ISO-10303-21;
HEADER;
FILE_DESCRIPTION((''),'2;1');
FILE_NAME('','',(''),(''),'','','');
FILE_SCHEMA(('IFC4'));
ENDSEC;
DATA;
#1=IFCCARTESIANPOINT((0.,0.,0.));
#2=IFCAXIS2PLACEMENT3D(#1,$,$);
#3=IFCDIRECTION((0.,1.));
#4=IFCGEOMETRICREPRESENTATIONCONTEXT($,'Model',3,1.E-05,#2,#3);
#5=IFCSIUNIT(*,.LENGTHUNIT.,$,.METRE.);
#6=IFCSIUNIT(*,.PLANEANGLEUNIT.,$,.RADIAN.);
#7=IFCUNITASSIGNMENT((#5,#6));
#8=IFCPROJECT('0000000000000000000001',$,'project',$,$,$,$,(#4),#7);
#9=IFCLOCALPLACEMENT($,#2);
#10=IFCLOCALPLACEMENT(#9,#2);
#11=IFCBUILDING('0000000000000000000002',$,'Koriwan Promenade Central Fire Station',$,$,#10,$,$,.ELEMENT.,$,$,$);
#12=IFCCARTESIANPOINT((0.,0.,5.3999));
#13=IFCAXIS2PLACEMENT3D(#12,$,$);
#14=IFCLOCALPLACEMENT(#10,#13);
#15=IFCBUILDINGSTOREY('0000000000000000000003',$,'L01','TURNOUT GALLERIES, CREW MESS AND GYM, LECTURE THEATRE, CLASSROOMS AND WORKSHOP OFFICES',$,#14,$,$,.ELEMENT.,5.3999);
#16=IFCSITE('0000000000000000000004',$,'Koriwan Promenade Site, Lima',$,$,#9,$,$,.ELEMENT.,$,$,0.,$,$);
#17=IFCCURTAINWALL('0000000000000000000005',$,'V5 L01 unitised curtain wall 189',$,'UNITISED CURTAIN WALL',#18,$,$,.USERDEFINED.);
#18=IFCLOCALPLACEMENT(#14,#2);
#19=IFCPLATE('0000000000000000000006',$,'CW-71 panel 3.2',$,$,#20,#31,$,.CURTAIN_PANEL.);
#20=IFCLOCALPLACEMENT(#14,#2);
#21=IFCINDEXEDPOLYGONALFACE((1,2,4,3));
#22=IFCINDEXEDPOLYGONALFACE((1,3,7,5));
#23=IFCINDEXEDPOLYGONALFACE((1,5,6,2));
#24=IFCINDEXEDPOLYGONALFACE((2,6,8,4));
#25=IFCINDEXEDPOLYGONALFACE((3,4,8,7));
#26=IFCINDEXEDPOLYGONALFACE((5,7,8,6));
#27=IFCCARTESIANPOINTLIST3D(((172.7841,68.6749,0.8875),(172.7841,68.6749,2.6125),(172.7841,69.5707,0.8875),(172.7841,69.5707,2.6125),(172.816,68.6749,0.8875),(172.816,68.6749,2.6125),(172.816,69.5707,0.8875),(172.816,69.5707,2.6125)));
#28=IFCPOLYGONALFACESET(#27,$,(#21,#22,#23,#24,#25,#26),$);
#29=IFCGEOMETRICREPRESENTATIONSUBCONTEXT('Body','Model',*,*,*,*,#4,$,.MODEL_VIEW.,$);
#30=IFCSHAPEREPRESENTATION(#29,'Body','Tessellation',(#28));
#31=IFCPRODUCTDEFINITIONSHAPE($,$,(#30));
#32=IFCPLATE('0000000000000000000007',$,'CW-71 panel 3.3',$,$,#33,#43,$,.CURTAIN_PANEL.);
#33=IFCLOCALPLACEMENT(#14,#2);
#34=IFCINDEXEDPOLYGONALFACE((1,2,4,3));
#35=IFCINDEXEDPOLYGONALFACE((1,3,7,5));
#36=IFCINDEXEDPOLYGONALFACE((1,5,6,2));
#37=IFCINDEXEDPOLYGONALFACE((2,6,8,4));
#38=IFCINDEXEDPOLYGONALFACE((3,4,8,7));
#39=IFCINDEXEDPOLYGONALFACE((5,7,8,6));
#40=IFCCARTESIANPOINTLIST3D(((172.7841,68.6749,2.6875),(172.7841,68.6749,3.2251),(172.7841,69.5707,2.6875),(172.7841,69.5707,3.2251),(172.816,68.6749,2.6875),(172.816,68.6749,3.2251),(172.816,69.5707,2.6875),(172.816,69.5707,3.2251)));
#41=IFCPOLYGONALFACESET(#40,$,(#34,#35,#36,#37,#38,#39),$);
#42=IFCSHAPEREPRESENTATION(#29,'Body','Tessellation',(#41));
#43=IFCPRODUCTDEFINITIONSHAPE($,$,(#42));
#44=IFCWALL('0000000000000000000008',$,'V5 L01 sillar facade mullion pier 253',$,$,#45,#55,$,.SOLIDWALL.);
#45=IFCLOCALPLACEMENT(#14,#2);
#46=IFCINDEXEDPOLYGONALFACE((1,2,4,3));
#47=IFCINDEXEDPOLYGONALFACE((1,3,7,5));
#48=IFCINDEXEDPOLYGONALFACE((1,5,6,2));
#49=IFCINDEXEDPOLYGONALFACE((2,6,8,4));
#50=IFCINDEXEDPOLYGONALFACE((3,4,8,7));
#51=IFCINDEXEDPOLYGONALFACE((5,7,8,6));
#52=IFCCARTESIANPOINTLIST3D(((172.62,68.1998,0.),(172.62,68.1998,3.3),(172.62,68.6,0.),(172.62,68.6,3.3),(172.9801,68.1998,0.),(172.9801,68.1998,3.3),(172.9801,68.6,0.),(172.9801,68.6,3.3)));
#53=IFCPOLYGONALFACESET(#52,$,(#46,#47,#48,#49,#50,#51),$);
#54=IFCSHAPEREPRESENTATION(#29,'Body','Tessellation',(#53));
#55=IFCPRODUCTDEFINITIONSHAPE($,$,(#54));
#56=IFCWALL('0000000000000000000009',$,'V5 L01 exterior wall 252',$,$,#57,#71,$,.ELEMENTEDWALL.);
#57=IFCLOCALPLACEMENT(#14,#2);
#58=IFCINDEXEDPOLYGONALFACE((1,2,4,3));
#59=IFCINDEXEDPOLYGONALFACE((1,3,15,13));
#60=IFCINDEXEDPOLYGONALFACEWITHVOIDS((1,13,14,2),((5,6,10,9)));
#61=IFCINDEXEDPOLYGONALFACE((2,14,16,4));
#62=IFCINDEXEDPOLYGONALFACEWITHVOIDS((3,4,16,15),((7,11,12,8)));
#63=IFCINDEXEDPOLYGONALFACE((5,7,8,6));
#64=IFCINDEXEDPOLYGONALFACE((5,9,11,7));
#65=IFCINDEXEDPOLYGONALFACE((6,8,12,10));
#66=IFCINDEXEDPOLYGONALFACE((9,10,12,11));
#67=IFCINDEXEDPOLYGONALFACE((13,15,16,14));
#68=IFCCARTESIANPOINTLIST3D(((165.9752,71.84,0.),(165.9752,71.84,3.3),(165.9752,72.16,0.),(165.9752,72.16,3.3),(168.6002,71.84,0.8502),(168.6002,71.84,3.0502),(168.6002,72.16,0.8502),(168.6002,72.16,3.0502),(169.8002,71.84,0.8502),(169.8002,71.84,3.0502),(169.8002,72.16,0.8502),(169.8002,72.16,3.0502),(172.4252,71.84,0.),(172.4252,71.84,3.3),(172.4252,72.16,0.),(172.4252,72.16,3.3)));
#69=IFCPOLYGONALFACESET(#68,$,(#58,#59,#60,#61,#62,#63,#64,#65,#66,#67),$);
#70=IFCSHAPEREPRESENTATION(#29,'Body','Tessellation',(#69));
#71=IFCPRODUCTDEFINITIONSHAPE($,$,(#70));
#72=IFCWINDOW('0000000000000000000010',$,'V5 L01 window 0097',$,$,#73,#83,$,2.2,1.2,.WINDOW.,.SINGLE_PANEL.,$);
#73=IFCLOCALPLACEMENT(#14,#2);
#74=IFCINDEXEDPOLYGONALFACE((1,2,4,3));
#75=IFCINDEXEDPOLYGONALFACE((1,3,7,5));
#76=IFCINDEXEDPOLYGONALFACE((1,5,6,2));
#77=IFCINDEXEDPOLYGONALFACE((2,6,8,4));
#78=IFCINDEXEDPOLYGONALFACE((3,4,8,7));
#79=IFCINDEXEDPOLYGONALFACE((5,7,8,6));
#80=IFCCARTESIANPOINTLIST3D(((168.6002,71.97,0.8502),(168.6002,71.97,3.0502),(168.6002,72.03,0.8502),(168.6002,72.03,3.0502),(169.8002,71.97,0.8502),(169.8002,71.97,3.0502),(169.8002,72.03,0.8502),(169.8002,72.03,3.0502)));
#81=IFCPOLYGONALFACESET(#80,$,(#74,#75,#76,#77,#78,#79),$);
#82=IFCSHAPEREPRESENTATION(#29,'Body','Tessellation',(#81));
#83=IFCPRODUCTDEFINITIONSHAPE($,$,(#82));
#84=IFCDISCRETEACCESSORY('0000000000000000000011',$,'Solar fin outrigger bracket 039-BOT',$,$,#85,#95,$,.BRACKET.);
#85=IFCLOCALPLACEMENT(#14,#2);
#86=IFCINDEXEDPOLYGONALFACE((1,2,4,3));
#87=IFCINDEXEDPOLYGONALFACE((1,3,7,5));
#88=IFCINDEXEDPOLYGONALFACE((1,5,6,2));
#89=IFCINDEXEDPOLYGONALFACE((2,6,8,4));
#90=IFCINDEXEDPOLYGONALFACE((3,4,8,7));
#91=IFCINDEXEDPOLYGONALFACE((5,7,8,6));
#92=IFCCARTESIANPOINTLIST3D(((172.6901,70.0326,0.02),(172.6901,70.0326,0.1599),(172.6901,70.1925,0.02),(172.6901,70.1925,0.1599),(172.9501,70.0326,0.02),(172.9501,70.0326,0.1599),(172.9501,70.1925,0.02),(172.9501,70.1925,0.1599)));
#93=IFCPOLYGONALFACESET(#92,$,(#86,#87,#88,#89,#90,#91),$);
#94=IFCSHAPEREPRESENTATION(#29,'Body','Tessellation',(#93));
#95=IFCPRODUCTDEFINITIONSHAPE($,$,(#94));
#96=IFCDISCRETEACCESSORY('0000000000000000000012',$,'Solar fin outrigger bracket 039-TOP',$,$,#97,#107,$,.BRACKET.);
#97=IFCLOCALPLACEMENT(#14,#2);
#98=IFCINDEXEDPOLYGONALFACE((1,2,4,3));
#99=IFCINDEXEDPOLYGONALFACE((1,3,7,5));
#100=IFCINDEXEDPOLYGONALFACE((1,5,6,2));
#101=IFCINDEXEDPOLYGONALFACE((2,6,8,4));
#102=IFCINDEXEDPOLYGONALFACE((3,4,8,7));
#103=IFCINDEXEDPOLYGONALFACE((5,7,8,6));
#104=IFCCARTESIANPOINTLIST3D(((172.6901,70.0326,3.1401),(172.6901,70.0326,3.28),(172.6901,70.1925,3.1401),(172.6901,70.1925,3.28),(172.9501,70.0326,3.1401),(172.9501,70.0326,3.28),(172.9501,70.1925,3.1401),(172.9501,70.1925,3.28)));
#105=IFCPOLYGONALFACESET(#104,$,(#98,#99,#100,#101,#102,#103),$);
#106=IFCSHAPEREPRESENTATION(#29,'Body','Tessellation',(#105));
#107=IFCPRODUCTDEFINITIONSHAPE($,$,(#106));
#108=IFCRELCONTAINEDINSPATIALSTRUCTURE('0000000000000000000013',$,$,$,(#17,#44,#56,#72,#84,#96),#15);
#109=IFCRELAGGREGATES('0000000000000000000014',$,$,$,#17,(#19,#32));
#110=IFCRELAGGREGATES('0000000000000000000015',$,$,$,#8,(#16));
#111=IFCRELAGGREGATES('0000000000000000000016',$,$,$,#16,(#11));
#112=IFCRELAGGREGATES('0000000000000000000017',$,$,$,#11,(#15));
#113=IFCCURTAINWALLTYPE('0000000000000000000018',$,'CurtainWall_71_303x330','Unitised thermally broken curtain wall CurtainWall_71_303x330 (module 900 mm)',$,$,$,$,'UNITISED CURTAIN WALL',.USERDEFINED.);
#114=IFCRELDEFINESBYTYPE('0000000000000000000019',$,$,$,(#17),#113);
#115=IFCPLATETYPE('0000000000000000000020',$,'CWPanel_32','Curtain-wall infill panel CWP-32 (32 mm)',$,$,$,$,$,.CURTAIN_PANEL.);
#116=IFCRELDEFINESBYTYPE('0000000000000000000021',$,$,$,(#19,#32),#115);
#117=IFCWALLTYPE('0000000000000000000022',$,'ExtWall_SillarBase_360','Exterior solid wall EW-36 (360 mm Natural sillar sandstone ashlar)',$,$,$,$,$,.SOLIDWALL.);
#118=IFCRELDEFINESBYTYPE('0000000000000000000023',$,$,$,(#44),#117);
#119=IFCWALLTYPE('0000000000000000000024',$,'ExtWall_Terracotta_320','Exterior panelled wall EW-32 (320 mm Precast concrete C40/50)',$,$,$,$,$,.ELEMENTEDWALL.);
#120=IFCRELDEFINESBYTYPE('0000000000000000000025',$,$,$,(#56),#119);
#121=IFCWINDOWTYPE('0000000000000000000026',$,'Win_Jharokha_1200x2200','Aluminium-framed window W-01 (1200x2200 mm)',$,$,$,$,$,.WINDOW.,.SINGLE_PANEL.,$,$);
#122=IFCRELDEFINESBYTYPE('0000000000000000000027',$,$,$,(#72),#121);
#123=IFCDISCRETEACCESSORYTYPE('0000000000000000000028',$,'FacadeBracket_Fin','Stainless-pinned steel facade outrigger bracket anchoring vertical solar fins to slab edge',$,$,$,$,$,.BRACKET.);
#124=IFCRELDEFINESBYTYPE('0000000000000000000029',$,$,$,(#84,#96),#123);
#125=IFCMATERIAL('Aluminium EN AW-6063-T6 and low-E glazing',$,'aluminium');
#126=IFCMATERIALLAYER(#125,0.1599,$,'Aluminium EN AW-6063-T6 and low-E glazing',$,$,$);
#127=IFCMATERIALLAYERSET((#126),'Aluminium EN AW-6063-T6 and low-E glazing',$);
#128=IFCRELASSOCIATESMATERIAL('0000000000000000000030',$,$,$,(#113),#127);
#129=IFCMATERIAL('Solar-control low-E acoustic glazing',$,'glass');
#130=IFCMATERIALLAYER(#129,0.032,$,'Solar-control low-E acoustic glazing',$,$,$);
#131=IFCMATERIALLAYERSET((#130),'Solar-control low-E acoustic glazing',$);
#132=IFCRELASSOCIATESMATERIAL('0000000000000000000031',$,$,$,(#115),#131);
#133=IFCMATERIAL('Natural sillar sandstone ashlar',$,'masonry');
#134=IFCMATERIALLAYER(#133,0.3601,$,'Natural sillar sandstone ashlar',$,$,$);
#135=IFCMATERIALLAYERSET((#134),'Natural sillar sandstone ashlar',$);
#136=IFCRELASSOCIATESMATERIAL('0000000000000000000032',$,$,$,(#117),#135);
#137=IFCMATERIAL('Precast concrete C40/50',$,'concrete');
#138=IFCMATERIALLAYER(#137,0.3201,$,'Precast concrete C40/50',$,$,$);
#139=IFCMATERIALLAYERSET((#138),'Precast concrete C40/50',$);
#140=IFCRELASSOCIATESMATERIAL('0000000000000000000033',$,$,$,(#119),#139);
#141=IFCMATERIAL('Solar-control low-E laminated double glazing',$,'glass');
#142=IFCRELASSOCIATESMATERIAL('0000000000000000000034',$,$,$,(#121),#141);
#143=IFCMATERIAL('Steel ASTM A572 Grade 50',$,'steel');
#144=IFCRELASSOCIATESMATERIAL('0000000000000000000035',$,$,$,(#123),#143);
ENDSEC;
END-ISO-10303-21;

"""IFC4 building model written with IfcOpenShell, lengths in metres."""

from ifc_helpers import new_model, si_unit, direction, frame, frame_2d, origin, origin_2d, place, context, subcontext, project, spatial, rectangle, extrude, material, layer, layer_set, type_object, element, fill, aggregate, save


model = new_model("IFC4")

# Units and contexts
model_context = context("Model", 3, precision=1e-05, world=origin(), true_north=direction((0.0, 1.0)))
body_context = subcontext(model_context, "Body", "Model", "MODEL_VIEW")
ifc_project = project(units=[si_unit("LENGTHUNIT", "METRE"), si_unit("PLANEANGLEUNIT", "RADIAN")], contexts=[model_context])

# Site, building, storey
site_placement = place(None, origin())
site = spatial("IfcSite", under=ifc_project, at=site_placement, Name="Koriwan Promenade Site, Lima", CompositionType="ELEMENT", RefElevation=0.0)
building_placement = place(site_placement, origin())
building = spatial("IfcBuilding", under=site, at=building_placement, Name="Koriwan Promenade Central Fire Station", CompositionType="ELEMENT")
storey_placement = place(building_placement, frame((0.0, 0.0, 5.3999)))
storey = spatial("IfcBuildingStorey", under=building, at=storey_placement, Name="L01", Description="TURNOUT GALLERIES, CREW MESS AND GYM, LECTURE THEATRE, CLASSROOMS AND WORKSHOP OFFICES", CompositionType="ELEMENT", Elevation=5.3999)

# Curtain wall
ifc_material_1 = material(Name="Aluminium EN AW-6063-T6 and low-E glazing", Category="aluminium")
ifc_layer_1 = layer(ifc_material_1, 0.1599, Name="Aluminium EN AW-6063-T6 and low-E glazing")
ifc_layer_set_1 = layer_set([ifc_layer_1], Name="Aluminium EN AW-6063-T6 and low-E glazing")
curtain_wall_type_1 = type_object("IfcCurtainWallType", Name="CurtainWall_71_303x330", Description="Unitised thermally broken curtain wall CurtainWall_71_303x330 (module 900 mm)", ElementType="UNITISED CURTAIN WALL", PredefinedType="USERDEFINED", material=ifc_layer_set_1)
curtain_wall_1_placement = place(storey_placement, origin())
curtain_wall_1 = element("IfcCurtainWall", 1, at=curtain_wall_1_placement, inside=storey, type_object=curtain_wall_type_1, Name="V5 L01 unitised curtain wall 189", ObjectType="UNITISED CURTAIN WALL", PredefinedType="USERDEFINED")

# Plates
ifc_material_2 = material(Name="Solar-control low-E acoustic glazing", Category="glass")
ifc_layer_2 = layer(ifc_material_2, 0.032, Name="Solar-control low-E acoustic glazing")
ifc_layer_set_2 = layer_set([ifc_layer_2], Name="Solar-control low-E acoustic glazing")
plate_type = type_object("IfcPlateType", Name="CWPanel_32", Description="Curtain-wall infill panel CWP-32 (32 mm)", PredefinedType="CURTAIN_PANEL", material=ifc_layer_set_2)
plate_1_placement = place(storey_placement, frame((172.8, 69.1228, 0.8875), z_axis=(0.0, 0.0, 1.0), x_axis=(0.0, -1.0, 0.0)))
plate_1 = element("IfcPlate", 2, at=plate_1_placement, type_object=plate_type, Name="CW-71 panel 3.2", PredefinedType="CURTAIN_PANEL", context=body_context, shape_type="SweptSolid", body=[
    extrude(rectangle(XDim=0.8958, YDim=0.032, at=origin_2d()), origin(), (0.0, 0.0, 1.0), 1.7251),
])
plate_2_placement = place(storey_placement, frame((172.8, 69.1228, 2.6875), z_axis=(0.0, 0.0, 1.0), x_axis=(0.0, -1.0, 0.0)))
plate_2 = element("IfcPlate", 3, at=plate_2_placement, type_object=plate_type, Name="CW-71 panel 3.3", PredefinedType="CURTAIN_PANEL", context=body_context, shape_type="SweptSolid", body=[
    extrude(rectangle(XDim=0.8958, YDim=0.032, at=origin_2d()), origin(), (0.0, 0.0, 1.0), 0.5376),
])
aggregate(curtain_wall_1, [plate_1, plate_2])

# Wall
ifc_material_3 = material(Name="Natural sillar sandstone ashlar", Category="masonry")
ifc_layer_3 = layer(ifc_material_3, 0.3601, Name="Natural sillar sandstone ashlar")
ifc_layer_set_3 = layer_set([ifc_layer_3], Name="Natural sillar sandstone ashlar")
wall_type_1 = type_object("IfcWallType", Name="ExtWall_SillarBase_360", Description="Exterior solid wall EW-36 (360 mm Natural sillar sandstone ashlar)", PredefinedType="SOLIDWALL", material=ifc_layer_set_3)
wall_1_placement = place(storey_placement, frame((172.8, 68.6001, 0.0), z_axis=(0.0, 0.0, 1.0), x_axis=(0.0, -1.0, 0.0)))
element("IfcWall", 4, at=wall_1_placement, inside=storey, type_object=wall_type_1, Name="V5 L01 sillar facade mullion pier 253", PredefinedType="SOLIDWALL", context=body_context, shape_type="SweptSolid", body=[
    extrude(rectangle(XDim=0.4001, YDim=0.3601, at=frame_2d((0.2002, 0.0))), origin(), (0.0, 0.0, 1.0), 3.3),
])

# Wall, opening, window
ifc_material_4 = material(Name="Precast concrete C40/50", Category="concrete")
ifc_layer_4 = layer(ifc_material_4, 0.3201, Name="Precast concrete C40/50")
ifc_layer_set_4 = layer_set([ifc_layer_4], Name="Precast concrete C40/50")
wall_type_2 = type_object("IfcWallType", Name="ExtWall_Terracotta_320", Description="Exterior panelled wall EW-32 (320 mm Precast concrete C40/50)", PredefinedType="ELEMENTEDWALL", material=ifc_layer_set_4)
wall_2_placement = place(storey_placement, frame((165.9751, 72.0, 0.0), z_axis=(0.0, 0.0, 1.0), x_axis=(1.0, 0.0, 0.0)))
wall_2 = element("IfcWall", 5, at=wall_2_placement, inside=storey, type_object=wall_type_2, Name="V5 L01 exterior wall 252", PredefinedType="ELEMENTEDWALL", context=body_context, shape_type="SweptSolid", body=[
    extrude(rectangle(XDim=6.45, YDim=0.3201, at=frame_2d((3.2251, 0.0))), origin(), (0.0, 0.0, 1.0), 3.3),
])
opening_placement = place(wall_2_placement, frame((2.625, 0.0, 0.8501)))
opening = element("IfcOpeningElement", 6, at=opening_placement, cuts=wall_2, PredefinedType="OPENING", context=body_context, shape_type="SweptSolid", body=[
    extrude(rectangle(XDim=1.2, YDim=2.2, at=frame_2d((0.6001, 1.1001))), frame((0.0, 0.1719, 0.0), z_axis=(0.0, -1.0, 0.0), x_axis=(1.0, 0.0, 0.0)), (0.0, 0.0, 1.0), 0.344),
])
ifc_material_5 = material(Name="Solar-control low-E laminated double glazing", Category="glass")
window_type = type_object("IfcWindowType", Name="Win_Jharokha_1200x2200", Description="Aluminium-framed window W-01 (1200x2200 mm)", PartitioningType="SINGLE_PANEL", PredefinedType="WINDOW", material=ifc_material_5)
window_placement = place(opening_placement, origin())
window = element("IfcWindow", 7, at=window_placement, inside=storey, type_object=window_type, Name="V5 L01 window 0097", OverallHeight=2.2, OverallWidth=1.2, PartitioningType="SINGLE_PANEL", PredefinedType="WINDOW", context=body_context, shape_type="SweptSolid", body=[
    extrude(rectangle(XDim=1.2, YDim=2.2, at=frame_2d((0.6001, 1.1001))), frame((0.0, 0.03, 0.0), z_axis=(0.0, -1.0, 0.0), x_axis=(1.0, 0.0, 0.0)), (0.0, 0.0, 1.0), 0.0601),
])
fill(opening, window)

# Discrete accessories
ifc_material_6 = material(Name="Steel ASTM A572 Grade 50", Category="steel")
discrete_accessory_type = type_object("IfcDiscreteAccessoryType", Name="FacadeBracket_Fin", Description="Stainless-pinned steel facade outrigger bracket anchoring vertical solar fins to slab edge", PredefinedType="BRACKET", material=ifc_material_6)
for number, where, z_axis, x_axis, name in (
    (8, (172.8201, 70.1125, 0.02), (0.0, 0.0, 1.0), (1.0, 0.0, 0.0), "Solar fin outrigger bracket 039-BOT"),
    (9, (172.8201, 70.1125, 3.1401), (0.0, 0.0, 1.0), (1.0, 0.0, 0.0), "Solar fin outrigger bracket 039-TOP"),
):
    element("IfcDiscreteAccessory", number, at=place(storey_placement, frame(where, z_axis=z_axis, x_axis=x_axis)), inside=storey, type_object=discrete_accessory_type, Name=name, PredefinedType="BRACKET", context=body_context, shape_type="SweptSolid", body=[
        extrude(rectangle(XDim=0.26, YDim=0.1599, at=origin_2d()), origin(), (0.0, 0.0, 1.0), 0.1399),
    ])

save(model, "model.ifc")
